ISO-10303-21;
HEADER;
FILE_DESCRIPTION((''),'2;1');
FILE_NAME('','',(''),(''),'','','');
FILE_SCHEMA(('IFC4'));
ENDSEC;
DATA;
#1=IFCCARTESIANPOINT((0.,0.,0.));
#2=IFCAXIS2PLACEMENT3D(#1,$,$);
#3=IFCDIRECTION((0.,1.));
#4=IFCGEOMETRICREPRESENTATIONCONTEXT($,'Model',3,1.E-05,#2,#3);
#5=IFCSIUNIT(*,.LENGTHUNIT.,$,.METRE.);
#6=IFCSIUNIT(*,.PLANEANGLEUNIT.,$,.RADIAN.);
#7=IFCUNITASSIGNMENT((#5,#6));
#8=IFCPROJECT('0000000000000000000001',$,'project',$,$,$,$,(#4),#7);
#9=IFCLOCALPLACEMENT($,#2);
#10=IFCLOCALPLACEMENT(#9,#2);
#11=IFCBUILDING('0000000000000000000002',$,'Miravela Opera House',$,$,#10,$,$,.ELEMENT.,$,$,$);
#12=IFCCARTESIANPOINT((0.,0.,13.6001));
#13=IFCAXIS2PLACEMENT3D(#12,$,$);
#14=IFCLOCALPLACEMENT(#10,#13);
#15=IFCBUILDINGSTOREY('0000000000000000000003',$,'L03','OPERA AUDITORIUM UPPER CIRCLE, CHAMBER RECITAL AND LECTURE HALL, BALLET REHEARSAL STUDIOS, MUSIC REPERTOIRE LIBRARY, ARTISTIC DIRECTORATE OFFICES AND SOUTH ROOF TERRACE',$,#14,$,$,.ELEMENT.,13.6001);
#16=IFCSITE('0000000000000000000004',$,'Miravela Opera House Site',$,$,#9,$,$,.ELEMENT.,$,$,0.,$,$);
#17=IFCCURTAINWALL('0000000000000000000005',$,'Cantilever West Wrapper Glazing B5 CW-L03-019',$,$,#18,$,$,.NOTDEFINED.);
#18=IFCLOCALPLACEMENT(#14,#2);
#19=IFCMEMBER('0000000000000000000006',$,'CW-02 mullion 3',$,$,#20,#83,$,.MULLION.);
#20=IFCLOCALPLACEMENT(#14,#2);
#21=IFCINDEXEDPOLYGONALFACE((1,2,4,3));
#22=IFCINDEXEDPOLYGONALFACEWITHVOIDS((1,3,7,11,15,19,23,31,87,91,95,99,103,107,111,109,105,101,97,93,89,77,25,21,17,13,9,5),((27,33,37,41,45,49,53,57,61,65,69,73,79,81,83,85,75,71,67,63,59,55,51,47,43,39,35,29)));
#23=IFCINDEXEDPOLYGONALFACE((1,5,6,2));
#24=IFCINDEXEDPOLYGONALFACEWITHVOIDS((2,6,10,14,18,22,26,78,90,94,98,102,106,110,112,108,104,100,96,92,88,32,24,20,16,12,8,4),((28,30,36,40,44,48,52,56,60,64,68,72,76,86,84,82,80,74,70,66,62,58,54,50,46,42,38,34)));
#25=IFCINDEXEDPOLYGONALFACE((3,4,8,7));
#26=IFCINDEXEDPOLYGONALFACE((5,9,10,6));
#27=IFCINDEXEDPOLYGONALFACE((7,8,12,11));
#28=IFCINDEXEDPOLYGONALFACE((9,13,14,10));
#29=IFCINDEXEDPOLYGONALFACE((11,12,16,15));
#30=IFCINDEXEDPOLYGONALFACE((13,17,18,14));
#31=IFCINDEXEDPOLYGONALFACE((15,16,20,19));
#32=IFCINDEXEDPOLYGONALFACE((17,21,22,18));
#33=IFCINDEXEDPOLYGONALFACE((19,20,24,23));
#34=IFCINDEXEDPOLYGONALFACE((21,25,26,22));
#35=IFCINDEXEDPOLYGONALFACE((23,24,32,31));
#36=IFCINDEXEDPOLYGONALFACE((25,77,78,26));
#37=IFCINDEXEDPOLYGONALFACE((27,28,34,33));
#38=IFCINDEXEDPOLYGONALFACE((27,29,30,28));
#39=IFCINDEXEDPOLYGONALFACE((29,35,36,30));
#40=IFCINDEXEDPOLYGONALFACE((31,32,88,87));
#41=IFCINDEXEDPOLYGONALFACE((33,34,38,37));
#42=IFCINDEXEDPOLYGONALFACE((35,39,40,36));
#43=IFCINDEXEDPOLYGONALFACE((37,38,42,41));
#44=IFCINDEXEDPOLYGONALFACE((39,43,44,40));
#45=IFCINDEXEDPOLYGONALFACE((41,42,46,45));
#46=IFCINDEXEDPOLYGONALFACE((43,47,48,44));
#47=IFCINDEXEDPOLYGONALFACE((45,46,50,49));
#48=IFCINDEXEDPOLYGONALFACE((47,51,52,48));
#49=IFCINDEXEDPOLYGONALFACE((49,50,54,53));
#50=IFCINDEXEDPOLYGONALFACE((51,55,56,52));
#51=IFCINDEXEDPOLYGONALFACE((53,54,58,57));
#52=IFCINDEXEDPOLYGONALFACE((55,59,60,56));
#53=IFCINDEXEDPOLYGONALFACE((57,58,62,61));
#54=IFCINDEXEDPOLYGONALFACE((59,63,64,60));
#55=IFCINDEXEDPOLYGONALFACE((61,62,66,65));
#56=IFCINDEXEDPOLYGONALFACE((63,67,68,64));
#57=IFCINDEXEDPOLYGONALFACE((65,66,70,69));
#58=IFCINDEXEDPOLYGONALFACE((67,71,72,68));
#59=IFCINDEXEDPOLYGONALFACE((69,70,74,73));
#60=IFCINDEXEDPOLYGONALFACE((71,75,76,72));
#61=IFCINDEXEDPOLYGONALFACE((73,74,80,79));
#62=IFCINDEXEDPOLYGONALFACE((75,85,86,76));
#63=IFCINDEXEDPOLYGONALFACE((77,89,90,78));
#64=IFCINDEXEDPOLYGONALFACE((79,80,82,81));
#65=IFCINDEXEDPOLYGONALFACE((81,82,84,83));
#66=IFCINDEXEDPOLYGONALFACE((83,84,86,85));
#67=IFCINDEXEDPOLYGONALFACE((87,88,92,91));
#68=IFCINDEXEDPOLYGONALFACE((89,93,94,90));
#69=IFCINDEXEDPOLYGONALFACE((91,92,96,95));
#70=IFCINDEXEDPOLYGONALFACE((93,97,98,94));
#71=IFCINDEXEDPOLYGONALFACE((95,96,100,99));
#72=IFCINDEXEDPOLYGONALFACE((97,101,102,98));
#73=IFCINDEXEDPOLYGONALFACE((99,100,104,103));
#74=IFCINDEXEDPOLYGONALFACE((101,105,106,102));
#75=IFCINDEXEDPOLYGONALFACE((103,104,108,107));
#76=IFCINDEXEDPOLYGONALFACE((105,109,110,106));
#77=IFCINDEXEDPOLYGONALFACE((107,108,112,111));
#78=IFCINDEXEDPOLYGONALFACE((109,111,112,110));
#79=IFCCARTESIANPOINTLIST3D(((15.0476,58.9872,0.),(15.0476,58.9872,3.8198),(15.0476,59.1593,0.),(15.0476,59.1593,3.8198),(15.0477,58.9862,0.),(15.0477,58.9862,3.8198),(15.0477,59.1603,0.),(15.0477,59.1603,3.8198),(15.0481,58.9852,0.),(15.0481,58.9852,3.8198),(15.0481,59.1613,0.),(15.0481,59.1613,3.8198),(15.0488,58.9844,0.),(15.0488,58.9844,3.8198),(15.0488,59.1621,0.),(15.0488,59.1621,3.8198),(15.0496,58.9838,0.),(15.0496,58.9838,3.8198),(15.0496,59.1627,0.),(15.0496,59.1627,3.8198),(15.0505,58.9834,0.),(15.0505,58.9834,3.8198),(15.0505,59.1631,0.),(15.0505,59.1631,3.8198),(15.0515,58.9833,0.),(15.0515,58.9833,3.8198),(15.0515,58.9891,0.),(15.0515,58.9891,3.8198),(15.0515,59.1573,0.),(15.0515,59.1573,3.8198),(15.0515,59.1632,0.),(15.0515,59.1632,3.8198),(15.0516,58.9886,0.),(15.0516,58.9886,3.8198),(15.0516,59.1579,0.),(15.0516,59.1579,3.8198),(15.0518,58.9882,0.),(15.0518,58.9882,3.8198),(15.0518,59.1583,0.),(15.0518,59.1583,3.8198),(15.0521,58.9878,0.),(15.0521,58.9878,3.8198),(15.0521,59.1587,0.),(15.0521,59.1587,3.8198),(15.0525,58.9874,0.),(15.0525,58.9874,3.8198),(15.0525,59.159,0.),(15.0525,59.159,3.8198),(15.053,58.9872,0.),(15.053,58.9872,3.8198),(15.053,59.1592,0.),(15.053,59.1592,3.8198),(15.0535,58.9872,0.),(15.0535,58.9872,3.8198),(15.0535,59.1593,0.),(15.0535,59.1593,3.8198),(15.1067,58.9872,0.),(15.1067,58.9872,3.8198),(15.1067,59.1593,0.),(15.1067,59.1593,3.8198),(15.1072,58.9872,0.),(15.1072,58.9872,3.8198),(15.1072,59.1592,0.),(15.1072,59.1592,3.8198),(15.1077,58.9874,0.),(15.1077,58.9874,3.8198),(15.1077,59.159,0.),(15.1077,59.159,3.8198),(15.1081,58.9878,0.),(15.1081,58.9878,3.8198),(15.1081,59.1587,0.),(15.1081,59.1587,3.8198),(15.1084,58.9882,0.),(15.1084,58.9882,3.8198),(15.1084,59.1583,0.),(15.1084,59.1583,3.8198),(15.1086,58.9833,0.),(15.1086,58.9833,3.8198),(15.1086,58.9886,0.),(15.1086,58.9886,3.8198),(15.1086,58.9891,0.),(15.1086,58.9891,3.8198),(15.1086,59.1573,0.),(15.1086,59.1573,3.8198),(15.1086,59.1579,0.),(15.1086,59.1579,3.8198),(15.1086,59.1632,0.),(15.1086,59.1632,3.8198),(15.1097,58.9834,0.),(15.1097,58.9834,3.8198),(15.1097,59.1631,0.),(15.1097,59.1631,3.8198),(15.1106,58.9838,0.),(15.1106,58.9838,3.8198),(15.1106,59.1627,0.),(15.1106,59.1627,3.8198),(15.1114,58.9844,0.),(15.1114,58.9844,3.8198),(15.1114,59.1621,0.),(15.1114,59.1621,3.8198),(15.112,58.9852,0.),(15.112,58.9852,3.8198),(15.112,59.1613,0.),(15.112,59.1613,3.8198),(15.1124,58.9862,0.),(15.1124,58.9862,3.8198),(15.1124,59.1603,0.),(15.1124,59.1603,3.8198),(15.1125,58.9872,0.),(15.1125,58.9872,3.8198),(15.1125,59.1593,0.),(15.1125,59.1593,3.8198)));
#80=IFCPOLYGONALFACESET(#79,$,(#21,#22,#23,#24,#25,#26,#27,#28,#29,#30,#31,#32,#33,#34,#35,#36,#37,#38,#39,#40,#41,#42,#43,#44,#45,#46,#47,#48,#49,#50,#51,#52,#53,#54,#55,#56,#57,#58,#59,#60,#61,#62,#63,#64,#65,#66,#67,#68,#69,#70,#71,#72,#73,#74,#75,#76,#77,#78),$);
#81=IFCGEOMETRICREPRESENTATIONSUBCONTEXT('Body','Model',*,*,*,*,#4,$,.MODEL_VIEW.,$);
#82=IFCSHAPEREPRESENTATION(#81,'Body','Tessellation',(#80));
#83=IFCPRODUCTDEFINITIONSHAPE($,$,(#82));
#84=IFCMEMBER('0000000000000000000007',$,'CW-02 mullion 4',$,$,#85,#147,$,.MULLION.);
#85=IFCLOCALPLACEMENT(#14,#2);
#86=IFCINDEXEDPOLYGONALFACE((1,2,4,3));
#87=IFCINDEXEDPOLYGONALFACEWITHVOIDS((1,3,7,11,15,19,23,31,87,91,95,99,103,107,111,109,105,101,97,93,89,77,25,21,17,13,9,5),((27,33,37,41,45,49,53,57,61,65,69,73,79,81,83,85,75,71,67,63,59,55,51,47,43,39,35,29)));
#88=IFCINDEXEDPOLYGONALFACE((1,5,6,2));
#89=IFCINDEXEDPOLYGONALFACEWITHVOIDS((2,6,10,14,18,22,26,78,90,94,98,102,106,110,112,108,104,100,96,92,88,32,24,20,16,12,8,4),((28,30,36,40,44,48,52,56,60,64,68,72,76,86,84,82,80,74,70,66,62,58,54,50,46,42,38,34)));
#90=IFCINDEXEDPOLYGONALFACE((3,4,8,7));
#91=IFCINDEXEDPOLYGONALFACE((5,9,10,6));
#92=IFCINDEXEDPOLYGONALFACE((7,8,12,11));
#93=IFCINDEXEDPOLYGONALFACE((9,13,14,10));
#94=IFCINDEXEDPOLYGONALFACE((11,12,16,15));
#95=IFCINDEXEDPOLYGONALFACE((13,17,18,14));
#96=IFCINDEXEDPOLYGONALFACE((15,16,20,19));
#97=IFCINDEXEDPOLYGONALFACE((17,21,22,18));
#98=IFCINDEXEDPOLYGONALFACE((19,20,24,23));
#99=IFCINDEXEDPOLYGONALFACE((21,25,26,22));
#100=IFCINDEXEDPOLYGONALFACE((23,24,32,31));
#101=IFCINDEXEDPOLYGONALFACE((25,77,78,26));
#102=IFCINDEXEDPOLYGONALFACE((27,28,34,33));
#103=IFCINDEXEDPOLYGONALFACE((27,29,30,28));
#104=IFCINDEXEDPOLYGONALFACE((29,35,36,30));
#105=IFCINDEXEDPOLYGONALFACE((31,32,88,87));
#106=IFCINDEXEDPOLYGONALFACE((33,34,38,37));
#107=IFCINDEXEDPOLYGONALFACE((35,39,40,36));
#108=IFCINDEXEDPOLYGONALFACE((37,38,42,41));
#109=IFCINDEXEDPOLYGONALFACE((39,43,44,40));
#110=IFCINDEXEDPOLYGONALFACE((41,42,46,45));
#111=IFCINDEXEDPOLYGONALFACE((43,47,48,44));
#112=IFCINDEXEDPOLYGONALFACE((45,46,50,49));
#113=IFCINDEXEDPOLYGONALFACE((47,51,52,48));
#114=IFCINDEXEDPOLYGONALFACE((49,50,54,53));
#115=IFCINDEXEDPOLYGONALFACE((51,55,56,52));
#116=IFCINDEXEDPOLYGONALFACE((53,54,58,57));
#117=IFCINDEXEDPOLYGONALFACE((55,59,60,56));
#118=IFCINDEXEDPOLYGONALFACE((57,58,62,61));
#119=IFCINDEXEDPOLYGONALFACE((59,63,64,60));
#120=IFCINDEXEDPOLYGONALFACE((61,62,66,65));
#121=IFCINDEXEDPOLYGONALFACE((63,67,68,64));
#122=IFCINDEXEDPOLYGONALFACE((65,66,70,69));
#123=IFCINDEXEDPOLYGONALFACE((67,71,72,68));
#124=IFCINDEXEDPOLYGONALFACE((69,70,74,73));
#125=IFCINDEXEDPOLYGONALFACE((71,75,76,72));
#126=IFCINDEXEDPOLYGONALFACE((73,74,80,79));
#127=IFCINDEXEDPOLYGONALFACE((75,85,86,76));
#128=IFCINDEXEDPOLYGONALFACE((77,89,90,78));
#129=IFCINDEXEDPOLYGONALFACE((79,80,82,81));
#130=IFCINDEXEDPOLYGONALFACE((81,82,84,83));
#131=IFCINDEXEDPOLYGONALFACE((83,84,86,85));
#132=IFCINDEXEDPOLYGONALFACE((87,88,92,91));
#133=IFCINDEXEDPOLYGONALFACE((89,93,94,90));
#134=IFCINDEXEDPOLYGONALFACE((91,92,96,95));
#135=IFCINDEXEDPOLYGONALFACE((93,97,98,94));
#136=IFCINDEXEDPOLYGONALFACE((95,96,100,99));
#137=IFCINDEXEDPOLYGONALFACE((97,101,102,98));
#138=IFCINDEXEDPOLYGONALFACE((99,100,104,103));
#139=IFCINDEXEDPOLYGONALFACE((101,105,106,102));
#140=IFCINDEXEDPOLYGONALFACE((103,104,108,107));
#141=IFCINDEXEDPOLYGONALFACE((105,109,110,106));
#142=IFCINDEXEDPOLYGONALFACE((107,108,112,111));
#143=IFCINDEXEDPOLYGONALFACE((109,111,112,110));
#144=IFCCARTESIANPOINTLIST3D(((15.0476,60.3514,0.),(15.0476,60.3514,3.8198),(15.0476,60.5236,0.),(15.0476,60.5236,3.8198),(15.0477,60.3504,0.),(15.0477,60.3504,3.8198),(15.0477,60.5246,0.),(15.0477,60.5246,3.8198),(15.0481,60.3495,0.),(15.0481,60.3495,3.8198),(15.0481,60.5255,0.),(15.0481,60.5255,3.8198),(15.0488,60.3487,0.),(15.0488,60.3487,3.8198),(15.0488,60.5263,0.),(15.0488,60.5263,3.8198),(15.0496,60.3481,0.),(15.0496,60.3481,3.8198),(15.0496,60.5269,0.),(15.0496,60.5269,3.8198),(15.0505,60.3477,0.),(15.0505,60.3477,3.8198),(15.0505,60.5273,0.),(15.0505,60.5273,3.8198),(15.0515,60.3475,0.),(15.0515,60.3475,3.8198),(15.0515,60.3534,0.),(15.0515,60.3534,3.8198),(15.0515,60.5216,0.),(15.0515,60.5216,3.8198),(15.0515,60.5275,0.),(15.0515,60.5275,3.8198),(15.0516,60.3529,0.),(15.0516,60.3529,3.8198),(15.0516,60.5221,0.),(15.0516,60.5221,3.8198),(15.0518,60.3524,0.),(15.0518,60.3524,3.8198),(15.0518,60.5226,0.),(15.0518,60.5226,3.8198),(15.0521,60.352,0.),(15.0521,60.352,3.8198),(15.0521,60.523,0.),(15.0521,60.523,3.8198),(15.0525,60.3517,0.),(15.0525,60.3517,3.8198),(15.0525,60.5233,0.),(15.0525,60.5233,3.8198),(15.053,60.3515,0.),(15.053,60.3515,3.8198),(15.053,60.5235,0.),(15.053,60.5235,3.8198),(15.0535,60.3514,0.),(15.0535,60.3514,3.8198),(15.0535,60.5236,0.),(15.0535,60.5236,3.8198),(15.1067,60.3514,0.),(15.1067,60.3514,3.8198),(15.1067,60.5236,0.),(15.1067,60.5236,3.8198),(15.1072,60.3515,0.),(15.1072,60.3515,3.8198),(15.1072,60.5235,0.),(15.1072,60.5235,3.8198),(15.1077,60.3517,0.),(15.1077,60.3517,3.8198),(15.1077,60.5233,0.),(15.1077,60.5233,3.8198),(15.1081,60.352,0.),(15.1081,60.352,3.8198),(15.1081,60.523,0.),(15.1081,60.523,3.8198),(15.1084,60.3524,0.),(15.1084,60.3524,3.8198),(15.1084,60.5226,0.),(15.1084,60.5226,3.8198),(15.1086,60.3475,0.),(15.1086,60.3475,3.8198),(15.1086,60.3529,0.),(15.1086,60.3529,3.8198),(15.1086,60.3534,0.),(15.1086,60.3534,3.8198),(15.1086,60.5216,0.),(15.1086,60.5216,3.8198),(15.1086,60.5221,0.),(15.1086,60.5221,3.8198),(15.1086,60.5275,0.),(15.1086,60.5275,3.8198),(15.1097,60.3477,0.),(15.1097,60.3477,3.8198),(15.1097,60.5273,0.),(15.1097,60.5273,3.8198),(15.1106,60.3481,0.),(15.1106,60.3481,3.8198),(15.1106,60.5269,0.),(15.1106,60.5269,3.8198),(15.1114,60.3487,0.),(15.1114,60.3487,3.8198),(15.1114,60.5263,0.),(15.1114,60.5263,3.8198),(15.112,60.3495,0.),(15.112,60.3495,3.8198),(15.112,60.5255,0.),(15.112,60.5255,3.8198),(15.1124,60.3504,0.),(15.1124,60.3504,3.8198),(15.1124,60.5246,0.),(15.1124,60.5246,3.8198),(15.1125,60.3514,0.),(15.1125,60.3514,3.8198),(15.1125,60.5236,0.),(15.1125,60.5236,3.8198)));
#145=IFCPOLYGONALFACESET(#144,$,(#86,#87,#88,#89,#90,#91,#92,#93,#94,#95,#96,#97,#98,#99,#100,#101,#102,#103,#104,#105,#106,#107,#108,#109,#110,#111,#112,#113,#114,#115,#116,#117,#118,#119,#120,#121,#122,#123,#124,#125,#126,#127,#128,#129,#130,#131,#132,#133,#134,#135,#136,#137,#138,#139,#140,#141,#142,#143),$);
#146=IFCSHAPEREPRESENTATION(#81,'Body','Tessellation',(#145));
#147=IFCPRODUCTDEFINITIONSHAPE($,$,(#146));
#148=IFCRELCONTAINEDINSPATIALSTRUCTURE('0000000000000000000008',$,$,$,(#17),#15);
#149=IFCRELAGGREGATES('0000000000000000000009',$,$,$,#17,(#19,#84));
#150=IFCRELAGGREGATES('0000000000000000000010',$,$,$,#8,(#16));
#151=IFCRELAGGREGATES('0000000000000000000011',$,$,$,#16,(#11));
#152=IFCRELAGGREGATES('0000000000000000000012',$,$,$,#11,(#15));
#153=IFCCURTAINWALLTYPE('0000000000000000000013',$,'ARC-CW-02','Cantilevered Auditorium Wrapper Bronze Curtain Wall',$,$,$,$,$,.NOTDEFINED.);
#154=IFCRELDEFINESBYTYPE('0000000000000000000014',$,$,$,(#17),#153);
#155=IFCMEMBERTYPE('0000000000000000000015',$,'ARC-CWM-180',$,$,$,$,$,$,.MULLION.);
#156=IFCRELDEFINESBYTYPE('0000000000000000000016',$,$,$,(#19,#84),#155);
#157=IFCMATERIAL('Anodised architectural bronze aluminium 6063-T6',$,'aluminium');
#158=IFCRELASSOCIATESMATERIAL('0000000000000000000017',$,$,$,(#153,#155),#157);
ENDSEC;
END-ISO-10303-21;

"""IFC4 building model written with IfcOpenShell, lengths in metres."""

from ifc_helpers import new_model, si_unit, direction, frame, origin, origin_2d, place, context, subcontext, project, spatial, hollow_rectangle, extrude, material, material_profile, profile_set, type_object, element, aggregate, save


model = new_model("IFC4")

# Units and contexts
model_context = context("Model", 3, precision=1e-05, world=origin(), true_north=direction((0.0, 1.0)))
body_context = subcontext(model_context, "Body", "Model", "MODEL_VIEW")
ifc_project = project(units=[si_unit("LENGTHUNIT", "METRE"), si_unit("PLANEANGLEUNIT", "RADIAN")], contexts=[model_context])

# Site, building, storey
site_placement = place(None, origin())
site = spatial("IfcSite", under=ifc_project, at=site_placement, Name="Miravela Opera House Site", CompositionType="ELEMENT", RefElevation=0.0)
building_placement = place(site_placement, origin())
building = spatial("IfcBuilding", under=site, at=building_placement, Name="Miravela Opera House", CompositionType="ELEMENT")
storey_placement = place(building_placement, frame((0.0, 0.0, 13.6001)))
storey = spatial("IfcBuildingStorey", under=building, at=storey_placement, Name="L03", Description="OPERA AUDITORIUM UPPER CIRCLE, CHAMBER RECITAL AND LECTURE HALL, BALLET REHEARSAL STUDIOS, MUSIC REPERTOIRE LIBRARY, ARTISTIC DIRECTORATE OFFICES AND SOUTH ROOF TERRACE", CompositionType="ELEMENT", Elevation=13.6001)

# Curtain wall, members
ifc_material_1 = material(Name="Anodised architectural bronze aluminium 6063-T6", Category="aluminium")
curtain_wall_type = type_object("IfcCurtainWallType", Name="ARC-CW-02", Description="Cantilevered Auditorium Wrapper Bronze Curtain Wall", PredefinedType="NOTDEFINED", material=ifc_material_1)
curtain_wall_1_placement = place(storey_placement, origin())
curtain_wall_1 = element("IfcCurtainWall", 1, at=curtain_wall_1_placement, inside=storey, type_object=curtain_wall_type, Name="Cantilever West Wrapper Glazing B5 CW-L03-019", PredefinedType="NOTDEFINED")
ifc_material_profile_1 = material_profile(ifc_material_1, hollow_rectangle(XDim=0.0649, YDim=0.1799, WallThickness=0.0039, InnerFilletRadius=0.002, OuterFilletRadius=0.0039, at=origin_2d()), Name="CWM-65X180")
ifc_profile_set_1 = profile_set([ifc_material_profile_1])
member_type_1 = type_object("IfcMemberType", Name="ARC-CWM-180", PredefinedType="MULLION", material=ifc_profile_set_1)
member_1_placement = place(storey_placement, frame((15.0801, 59.0732, 0.0), z_axis=(0.0, 0.0, 1.0), x_axis=(-1.0, 0.0, 0.0)))
member_1 = element("IfcMember", 2, at=member_1_placement, type_object=member_type_1, Name="CW-02 mullion 3", PredefinedType="MULLION", context=body_context, shape_type="SweptSolid", body=[
    extrude(hollow_rectangle(XDim=0.0649, YDim=0.1799, WallThickness=0.0039, InnerFilletRadius=0.002, OuterFilletRadius=0.0039, at=origin_2d()), origin(), (0.0, 0.0, 1.0), 3.8198),
])
member_2_placement = place(storey_placement, frame((15.0801, 60.4375, 0.0), z_axis=(0.0, 0.0, 1.0), x_axis=(-1.0, 0.0, 0.0)))
member_2 = element("IfcMember", 3, at=member_2_placement, type_object=member_type_1, Name="CW-02 mullion 4", PredefinedType="MULLION", context=body_context, shape_type="SweptSolid", body=[
    extrude(hollow_rectangle(XDim=0.0649, YDim=0.1799, WallThickness=0.0039, InnerFilletRadius=0.002, OuterFilletRadius=0.0039, at=origin_2d()), origin(), (0.0, 0.0, 1.0), 3.8198),
])

aggregate(curtain_wall_1, [member_1, member_2])

save(model, "model.ifc")
